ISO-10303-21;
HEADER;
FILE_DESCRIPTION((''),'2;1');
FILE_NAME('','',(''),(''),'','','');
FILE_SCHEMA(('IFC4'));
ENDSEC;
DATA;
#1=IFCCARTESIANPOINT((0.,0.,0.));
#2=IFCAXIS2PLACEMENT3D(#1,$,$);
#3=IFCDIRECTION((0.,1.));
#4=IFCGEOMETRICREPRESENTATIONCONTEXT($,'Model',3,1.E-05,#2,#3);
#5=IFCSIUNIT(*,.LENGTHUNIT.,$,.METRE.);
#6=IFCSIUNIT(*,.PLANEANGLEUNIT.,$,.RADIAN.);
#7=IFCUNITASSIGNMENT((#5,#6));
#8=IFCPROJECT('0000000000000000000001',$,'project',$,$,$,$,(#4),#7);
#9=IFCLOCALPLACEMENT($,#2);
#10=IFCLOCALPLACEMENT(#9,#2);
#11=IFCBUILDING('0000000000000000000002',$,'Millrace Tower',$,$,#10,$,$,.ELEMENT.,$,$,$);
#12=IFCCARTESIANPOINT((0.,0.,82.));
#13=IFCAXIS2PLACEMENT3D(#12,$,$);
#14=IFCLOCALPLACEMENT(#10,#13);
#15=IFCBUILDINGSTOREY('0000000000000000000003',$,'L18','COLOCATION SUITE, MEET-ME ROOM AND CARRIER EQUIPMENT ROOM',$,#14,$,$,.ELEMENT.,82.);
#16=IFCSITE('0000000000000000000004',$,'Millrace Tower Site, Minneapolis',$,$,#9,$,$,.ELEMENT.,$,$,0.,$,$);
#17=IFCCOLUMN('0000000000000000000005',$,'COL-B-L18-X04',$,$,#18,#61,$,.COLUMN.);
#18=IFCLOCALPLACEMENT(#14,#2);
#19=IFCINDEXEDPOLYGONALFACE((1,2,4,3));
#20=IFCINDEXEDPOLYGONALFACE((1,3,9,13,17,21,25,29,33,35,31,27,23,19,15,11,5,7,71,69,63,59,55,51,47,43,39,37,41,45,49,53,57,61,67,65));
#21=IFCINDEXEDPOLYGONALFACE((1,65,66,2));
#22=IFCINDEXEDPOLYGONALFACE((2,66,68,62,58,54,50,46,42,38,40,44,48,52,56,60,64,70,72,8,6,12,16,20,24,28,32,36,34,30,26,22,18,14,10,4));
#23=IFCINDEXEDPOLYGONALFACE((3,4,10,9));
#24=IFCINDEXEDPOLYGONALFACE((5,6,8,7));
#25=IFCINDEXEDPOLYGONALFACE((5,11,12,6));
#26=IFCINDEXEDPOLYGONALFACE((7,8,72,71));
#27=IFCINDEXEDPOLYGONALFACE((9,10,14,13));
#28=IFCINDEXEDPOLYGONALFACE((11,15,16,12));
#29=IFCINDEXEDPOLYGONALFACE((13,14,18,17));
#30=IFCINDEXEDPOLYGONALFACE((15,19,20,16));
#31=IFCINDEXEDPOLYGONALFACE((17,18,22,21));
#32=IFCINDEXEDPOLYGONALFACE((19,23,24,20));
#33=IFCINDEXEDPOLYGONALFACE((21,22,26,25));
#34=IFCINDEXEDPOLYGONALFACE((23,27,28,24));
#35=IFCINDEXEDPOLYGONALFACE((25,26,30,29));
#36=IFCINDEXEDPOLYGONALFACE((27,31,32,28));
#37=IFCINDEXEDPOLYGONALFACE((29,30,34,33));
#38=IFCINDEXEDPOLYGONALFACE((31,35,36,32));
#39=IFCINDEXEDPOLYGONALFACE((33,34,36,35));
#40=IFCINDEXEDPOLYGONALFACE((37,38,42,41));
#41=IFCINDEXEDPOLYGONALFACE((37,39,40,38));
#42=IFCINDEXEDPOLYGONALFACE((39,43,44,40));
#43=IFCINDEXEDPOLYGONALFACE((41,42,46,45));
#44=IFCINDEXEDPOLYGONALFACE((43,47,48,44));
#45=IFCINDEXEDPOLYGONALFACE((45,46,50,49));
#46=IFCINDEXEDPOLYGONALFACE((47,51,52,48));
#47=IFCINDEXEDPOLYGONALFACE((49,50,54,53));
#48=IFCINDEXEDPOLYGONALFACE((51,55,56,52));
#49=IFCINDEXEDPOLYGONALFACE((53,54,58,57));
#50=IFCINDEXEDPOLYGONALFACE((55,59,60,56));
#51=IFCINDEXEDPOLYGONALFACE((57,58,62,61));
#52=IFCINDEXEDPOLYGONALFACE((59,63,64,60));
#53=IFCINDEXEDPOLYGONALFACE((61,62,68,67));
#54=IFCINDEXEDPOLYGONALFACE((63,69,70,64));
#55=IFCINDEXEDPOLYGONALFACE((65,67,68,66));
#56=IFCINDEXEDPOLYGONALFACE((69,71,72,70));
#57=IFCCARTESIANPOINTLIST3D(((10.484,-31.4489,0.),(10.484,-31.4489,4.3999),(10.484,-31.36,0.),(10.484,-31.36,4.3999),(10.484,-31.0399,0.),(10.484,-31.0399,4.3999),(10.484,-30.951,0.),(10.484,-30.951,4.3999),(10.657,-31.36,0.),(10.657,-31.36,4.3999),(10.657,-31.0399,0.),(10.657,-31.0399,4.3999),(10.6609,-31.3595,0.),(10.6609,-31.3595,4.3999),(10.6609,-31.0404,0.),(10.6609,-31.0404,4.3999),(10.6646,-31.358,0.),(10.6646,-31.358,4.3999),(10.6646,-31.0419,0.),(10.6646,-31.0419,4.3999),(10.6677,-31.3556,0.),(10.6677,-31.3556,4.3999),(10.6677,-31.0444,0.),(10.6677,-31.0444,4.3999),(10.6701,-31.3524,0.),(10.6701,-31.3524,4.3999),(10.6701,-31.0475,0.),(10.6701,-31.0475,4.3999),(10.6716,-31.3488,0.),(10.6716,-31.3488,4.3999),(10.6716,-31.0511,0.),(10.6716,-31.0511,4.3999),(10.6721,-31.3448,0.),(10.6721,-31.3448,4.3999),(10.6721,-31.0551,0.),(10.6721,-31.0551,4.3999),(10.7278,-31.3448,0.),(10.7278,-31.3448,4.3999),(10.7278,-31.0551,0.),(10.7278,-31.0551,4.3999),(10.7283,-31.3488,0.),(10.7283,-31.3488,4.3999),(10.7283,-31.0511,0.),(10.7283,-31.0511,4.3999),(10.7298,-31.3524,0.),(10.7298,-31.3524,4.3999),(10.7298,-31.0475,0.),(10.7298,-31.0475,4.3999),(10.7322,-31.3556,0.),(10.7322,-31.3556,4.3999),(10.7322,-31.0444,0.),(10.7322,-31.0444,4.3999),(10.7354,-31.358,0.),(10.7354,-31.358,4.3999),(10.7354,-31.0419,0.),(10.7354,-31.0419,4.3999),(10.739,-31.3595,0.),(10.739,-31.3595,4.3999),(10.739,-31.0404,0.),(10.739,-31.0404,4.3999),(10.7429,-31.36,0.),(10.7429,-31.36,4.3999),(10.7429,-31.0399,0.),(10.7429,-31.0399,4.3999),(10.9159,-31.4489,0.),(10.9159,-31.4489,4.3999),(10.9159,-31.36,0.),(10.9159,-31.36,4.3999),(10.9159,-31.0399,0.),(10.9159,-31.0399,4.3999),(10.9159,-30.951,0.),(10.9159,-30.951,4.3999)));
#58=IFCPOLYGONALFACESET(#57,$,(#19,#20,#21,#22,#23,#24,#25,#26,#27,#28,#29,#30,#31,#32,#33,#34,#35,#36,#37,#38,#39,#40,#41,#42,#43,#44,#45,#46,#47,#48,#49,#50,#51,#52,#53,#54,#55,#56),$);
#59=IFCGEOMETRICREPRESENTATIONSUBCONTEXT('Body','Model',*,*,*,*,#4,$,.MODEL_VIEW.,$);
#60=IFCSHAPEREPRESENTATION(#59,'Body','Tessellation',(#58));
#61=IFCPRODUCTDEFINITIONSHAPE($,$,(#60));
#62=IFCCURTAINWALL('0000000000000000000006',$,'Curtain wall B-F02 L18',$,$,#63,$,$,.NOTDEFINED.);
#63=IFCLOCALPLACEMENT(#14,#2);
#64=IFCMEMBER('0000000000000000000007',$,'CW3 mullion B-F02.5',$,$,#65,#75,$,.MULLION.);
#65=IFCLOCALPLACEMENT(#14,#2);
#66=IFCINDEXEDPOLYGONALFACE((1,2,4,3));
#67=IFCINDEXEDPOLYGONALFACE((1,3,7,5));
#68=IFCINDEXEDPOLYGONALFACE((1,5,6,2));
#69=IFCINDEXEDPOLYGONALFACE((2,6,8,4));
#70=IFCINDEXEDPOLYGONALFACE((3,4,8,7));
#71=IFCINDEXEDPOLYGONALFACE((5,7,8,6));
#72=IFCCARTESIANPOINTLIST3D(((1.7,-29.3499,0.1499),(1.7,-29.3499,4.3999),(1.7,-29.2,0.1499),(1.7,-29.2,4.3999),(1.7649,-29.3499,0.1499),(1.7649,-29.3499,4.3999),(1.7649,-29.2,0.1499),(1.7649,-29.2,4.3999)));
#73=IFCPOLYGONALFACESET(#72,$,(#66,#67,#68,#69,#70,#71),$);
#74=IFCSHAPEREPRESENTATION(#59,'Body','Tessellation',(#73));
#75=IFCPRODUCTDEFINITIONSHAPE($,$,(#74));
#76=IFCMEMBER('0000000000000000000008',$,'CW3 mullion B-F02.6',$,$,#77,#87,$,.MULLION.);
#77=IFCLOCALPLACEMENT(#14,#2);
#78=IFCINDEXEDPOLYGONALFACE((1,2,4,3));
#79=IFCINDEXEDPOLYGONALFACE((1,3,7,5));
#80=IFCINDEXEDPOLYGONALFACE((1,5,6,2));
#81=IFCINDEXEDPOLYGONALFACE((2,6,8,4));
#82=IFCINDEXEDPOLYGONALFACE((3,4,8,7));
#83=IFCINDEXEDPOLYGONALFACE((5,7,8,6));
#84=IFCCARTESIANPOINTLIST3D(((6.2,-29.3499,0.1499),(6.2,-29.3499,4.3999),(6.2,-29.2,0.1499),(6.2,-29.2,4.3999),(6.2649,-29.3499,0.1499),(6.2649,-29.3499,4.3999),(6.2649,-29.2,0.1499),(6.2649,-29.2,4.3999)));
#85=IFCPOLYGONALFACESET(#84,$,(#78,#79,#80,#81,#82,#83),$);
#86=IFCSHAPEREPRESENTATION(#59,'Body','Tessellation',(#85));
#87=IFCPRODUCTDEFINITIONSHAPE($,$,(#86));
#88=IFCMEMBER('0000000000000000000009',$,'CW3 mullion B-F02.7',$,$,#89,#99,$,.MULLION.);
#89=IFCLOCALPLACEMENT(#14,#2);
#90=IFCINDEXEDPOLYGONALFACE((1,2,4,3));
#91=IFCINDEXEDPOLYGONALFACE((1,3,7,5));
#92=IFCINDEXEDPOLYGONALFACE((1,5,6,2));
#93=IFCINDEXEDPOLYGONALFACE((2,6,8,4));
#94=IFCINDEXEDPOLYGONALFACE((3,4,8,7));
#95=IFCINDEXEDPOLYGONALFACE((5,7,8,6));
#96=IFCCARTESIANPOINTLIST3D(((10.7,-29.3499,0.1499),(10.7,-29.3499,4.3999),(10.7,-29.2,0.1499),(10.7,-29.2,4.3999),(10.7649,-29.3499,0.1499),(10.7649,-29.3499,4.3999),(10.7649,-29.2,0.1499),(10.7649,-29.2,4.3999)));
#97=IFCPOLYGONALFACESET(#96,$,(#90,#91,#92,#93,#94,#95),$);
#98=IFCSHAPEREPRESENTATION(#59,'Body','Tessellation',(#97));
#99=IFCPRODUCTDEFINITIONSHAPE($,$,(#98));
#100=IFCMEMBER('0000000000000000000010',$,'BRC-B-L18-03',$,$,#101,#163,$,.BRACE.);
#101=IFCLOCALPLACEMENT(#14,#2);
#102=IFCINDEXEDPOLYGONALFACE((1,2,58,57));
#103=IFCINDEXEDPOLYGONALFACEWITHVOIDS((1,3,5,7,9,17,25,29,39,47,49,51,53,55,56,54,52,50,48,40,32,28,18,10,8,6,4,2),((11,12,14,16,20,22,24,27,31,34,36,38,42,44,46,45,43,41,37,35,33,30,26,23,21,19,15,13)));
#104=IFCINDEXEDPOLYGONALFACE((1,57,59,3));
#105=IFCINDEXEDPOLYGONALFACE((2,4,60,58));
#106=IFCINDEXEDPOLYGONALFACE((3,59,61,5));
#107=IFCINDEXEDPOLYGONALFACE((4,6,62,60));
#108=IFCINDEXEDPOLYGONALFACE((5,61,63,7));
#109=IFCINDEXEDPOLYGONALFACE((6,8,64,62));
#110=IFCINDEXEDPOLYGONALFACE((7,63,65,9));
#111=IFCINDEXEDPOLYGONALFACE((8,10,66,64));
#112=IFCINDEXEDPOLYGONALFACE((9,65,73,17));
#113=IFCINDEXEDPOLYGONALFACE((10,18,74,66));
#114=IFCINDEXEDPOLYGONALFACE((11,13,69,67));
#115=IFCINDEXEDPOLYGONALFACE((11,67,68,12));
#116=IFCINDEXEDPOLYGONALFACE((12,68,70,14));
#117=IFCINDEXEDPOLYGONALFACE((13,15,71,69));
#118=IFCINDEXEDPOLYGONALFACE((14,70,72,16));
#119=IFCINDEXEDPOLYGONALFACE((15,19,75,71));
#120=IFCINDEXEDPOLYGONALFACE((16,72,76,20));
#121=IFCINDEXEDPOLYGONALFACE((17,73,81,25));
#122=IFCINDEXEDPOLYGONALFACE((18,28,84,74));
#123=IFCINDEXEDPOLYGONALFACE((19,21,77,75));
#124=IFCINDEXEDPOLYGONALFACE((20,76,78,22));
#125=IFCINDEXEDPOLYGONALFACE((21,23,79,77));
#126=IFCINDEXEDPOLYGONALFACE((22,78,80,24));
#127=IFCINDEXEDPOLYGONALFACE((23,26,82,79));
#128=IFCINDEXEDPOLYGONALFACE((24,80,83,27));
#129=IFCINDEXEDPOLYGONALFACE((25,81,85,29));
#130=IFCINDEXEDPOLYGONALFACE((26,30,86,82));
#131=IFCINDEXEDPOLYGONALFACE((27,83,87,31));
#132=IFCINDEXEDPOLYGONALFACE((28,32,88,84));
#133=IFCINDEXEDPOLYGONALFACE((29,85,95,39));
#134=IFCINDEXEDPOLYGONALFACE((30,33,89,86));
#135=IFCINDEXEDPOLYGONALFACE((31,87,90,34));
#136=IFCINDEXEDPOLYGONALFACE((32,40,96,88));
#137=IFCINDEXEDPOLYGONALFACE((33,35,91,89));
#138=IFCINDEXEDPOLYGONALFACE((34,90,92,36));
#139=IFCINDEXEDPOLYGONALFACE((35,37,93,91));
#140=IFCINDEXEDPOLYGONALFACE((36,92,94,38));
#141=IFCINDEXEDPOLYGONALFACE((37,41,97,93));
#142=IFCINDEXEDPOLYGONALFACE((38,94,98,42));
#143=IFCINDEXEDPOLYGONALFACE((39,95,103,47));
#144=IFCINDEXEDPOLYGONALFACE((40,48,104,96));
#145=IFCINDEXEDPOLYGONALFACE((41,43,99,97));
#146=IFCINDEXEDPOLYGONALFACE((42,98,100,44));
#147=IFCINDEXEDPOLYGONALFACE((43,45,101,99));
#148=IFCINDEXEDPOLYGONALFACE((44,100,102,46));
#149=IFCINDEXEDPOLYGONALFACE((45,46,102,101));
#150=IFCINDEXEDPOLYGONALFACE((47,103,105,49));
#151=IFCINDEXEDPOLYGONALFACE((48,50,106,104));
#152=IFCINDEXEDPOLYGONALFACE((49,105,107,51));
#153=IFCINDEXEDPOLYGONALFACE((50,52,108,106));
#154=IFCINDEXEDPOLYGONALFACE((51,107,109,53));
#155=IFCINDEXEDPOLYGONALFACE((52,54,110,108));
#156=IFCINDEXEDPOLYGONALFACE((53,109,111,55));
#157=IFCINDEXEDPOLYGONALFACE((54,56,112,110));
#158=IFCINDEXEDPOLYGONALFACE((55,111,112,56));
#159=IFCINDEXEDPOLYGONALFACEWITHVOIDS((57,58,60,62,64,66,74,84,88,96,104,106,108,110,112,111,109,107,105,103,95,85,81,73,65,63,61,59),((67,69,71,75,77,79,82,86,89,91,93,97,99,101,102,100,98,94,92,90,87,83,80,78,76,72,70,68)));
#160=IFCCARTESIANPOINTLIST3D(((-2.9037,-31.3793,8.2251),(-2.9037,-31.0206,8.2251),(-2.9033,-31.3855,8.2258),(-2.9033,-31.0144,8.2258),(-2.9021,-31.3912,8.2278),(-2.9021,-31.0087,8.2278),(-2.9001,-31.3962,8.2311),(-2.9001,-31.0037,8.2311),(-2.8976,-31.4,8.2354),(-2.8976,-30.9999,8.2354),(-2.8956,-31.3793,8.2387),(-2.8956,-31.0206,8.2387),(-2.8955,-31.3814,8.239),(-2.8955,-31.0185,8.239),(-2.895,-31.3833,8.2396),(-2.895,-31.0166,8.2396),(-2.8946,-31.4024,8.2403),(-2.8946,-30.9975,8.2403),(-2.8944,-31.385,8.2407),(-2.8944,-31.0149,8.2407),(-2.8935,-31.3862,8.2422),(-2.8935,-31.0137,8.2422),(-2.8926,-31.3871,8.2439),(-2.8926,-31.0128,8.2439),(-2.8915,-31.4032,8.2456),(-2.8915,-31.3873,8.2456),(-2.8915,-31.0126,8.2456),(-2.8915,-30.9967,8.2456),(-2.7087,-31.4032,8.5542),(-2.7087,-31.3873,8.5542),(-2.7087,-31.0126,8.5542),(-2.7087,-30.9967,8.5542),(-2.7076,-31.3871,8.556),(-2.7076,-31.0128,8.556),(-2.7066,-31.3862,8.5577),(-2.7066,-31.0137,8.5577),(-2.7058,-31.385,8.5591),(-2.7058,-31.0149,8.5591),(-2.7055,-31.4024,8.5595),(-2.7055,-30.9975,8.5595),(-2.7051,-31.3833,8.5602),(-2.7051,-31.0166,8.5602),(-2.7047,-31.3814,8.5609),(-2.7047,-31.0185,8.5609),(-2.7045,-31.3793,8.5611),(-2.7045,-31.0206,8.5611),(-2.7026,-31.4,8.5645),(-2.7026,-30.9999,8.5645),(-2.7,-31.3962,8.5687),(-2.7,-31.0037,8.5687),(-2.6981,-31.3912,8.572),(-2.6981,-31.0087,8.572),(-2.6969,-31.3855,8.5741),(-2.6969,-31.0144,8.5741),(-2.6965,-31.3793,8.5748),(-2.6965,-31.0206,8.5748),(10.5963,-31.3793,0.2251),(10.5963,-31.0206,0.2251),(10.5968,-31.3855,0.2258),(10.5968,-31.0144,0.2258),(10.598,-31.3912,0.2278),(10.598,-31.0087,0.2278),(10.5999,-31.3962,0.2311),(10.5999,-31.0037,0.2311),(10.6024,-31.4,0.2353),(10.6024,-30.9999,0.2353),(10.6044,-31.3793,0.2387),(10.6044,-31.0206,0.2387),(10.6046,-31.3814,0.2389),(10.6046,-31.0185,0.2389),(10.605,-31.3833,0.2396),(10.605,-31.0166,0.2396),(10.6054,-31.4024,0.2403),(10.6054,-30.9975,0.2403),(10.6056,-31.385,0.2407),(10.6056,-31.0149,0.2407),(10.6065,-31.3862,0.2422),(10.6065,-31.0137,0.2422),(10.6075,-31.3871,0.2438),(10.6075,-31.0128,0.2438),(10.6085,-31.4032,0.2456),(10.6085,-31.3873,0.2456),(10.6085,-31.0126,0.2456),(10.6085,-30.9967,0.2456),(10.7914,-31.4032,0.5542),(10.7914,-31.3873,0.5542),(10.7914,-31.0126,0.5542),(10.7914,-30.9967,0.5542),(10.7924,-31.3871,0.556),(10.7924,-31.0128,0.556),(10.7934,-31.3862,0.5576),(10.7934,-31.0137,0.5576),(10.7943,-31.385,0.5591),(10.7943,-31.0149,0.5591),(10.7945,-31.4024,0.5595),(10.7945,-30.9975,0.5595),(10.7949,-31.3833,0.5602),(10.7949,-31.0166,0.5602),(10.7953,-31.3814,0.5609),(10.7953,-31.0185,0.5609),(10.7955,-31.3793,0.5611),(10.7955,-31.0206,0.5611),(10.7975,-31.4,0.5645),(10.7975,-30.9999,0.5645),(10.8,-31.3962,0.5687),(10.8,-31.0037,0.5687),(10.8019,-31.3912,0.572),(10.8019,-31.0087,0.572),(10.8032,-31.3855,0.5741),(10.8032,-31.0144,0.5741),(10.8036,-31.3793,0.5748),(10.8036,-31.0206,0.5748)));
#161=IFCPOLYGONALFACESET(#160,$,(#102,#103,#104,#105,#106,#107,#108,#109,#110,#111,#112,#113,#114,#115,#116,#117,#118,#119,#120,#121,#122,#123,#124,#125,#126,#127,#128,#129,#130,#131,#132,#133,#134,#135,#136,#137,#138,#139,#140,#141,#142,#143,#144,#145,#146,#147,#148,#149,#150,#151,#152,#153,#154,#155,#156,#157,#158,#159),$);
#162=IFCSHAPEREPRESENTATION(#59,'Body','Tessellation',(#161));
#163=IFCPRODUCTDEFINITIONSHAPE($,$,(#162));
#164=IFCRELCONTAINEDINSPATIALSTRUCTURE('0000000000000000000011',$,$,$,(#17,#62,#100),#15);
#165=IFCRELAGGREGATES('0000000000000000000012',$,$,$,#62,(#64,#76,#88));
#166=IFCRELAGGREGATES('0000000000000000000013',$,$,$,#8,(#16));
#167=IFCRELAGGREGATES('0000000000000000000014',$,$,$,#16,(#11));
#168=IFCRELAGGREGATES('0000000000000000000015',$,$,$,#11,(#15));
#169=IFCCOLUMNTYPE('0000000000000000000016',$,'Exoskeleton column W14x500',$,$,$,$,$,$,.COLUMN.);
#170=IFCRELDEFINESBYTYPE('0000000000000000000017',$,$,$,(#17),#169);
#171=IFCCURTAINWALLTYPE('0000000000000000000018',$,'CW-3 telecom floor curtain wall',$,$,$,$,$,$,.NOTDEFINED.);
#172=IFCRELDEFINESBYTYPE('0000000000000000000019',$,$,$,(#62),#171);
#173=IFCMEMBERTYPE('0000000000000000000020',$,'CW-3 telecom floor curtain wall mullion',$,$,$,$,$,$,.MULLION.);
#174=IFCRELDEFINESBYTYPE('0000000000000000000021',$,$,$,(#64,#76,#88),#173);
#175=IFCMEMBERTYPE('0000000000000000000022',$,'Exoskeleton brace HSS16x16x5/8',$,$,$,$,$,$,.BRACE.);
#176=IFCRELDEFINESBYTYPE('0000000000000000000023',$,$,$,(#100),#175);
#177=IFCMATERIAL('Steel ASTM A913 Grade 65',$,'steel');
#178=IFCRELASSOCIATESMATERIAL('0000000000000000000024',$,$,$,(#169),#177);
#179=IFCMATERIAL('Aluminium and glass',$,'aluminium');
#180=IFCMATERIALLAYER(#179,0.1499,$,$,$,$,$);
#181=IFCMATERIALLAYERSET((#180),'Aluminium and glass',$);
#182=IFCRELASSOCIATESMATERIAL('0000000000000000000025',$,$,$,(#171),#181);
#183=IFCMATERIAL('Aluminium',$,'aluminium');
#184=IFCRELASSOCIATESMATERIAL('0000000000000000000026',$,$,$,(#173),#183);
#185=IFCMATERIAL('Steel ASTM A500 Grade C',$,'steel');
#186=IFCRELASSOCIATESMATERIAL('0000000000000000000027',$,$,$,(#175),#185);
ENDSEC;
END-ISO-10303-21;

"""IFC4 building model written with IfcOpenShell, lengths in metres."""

from ifc_helpers import new_model, si_unit, direction, frame, origin, origin_2d, place, context, subcontext, project, spatial, rectangle, hollow_rectangle, i_section, extrude, material, layer, layer_set, material_profile, profile_set, type_object, element, aggregate, save


model = new_model("IFC4")

# Units and contexts
model_context = context("Model", 3, precision=1e-05, world=origin(), true_north=direction((0.0, 1.0)))
body_context = subcontext(model_context, "Body", "Model", "MODEL_VIEW")
ifc_project = project(units=[si_unit("LENGTHUNIT", "METRE"), si_unit("PLANEANGLEUNIT", "RADIAN")], contexts=[model_context])

# Site, building, storey
site_placement = place(None, origin())
site = spatial("IfcSite", under=ifc_project, at=site_placement, Name="Millrace Tower Site, Minneapolis", CompositionType="ELEMENT", RefElevation=0.0)
building_placement = place(site_placement, origin())
building = spatial("IfcBuilding", under=site, at=building_placement, Name="Millrace Tower", CompositionType="ELEMENT")
storey_placement = place(building_placement, frame((0.0, 0.0, 82.0)))
storey = spatial("IfcBuildingStorey", under=building, at=storey_placement, Name="L18", Description="COLOCATION SUITE, MEET-ME ROOM AND CARRIER EQUIPMENT ROOM", CompositionType="ELEMENT", Elevation=82.0)

# Column
ifc_material_1 = material(Name="Steel ASTM A913 Grade 65", Category="steel")
ifc_material_profile_1 = material_profile(ifc_material_1, i_section(OverallWidth=0.4319, OverallDepth=0.4978, WebThickness=0.0557, FlangeThickness=0.0889, FilletRadius=0.0151, at=origin_2d()))
ifc_profile_set_1 = profile_set([ifc_material_profile_1], Name="Steel ASTM A913 Grade 65")
column_type = type_object("IfcColumnType", Name="Exoskeleton column W14x500", PredefinedType="COLUMN", material=ifc_profile_set_1)
column_placement = place(storey_placement, frame((10.7, -31.2, 0.0), z_axis=(0.0, 0.0, 1.0), x_axis=(1.0, 0.0, 0.0)))
element("IfcColumn", 1, at=column_placement, inside=storey, type_object=column_type, Name="COL-B-L18-X04", PredefinedType="COLUMN", context=body_context, shape_type="SweptSolid", body=[
    extrude(i_section(OverallWidth=0.4319, OverallDepth=0.4978, WebThickness=0.0557, FlangeThickness=0.0889, FilletRadius=0.0151, at=origin_2d()), origin(), (0.0, 0.0, 1.0), 4.3999),
])

# Curtain wall, members
ifc_material_2 = material(Name="Aluminium and glass", Category="aluminium")
ifc_layer_1 = layer(ifc_material_2, 0.1499)
ifc_layer_set_1 = layer_set([ifc_layer_1], Name="Aluminium and glass")
curtain_wall_type = type_object("IfcCurtainWallType", Name="CW-3 telecom floor curtain wall", PredefinedType="NOTDEFINED", material=ifc_layer_set_1)
curtain_wall_placement = place(storey_placement, origin())
curtain_wall = element("IfcCurtainWall", 2, at=curtain_wall_placement, inside=storey, type_object=curtain_wall_type, Name="Curtain wall B-F02 L18", PredefinedType="NOTDEFINED")
ifc_material_3 = material(Name="Aluminium", Category="aluminium")
ifc_material_profile_2 = material_profile(ifc_material_3, rectangle(XDim=0.0649, YDim=0.1499, at=origin_2d()))
ifc_profile_set_2 = profile_set([ifc_material_profile_2], Name="Aluminium")
member_type_1 = type_object("IfcMemberType", Name="CW-3 telecom floor curtain wall mullion", PredefinedType="MULLION", material=ifc_profile_set_2)
member_1_placement = place(storey_placement, frame((1.7324, -29.2749, 0.1499), z_axis=(0.0, 0.0, 1.0), x_axis=(1.0, 0.0, 0.0)))
member_1 = element("IfcMember", 3, at=member_1_placement, type_object=member_type_1, Name="CW3 mullion B-F02.5", PredefinedType="MULLION", context=body_context, shape_type="SweptSolid", body=[
    extrude(rectangle(XDim=0.0649, YDim=0.1499, at=origin_2d()), origin(), (0.0, 0.0, 1.0), 4.25),
])
member_2_placement = place(storey_placement, frame((6.2324, -29.2749, 0.1499), z_axis=(0.0, 0.0, 1.0), x_axis=(1.0, 0.0, 0.0)))
member_2 = element("IfcMember", 4, at=member_2_placement, type_object=member_type_1, Name="CW3 mullion B-F02.6", PredefinedType="MULLION", context=body_context, shape_type="SweptSolid", body=[
    extrude(rectangle(XDim=0.0649, YDim=0.1499, at=origin_2d()), origin(), (0.0, 0.0, 1.0), 4.25),
])
member_3_placement = place(storey_placement, frame((10.7324, -29.2749, 0.1499), z_axis=(0.0, 0.0, 1.0), x_axis=(1.0, 0.0, 0.0)))
member_3 = element("IfcMember", 5, at=member_3_placement, type_object=member_type_1, Name="CW3 mullion B-F02.7", PredefinedType="MULLION", context=body_context, shape_type="SweptSolid", body=[
    extrude(rectangle(XDim=0.0649, YDim=0.1499, at=origin_2d()), origin(), (0.0, 0.0, 1.0), 4.25),
])
aggregate(curtain_wall, [member_1, member_2, member_3])

# Member
ifc_material_4 = material(Name="Steel ASTM A500 Grade C", Category="steel")
ifc_material_profile_3 = material_profile(ifc_material_4, hollow_rectangle(XDim=0.4065, YDim=0.4065, WallThickness=0.0159, InnerFilletRadius=0.0081, OuterFilletRadius=0.0239, at=origin_2d()))
ifc_profile_set_3 = profile_set([ifc_material_profile_3], Name="Steel ASTM A500 Grade C")
member_type_2 = type_object("IfcMemberType", Name="Exoskeleton brace HSS16x16x5/8", PredefinedType="BRACE", material=ifc_profile_set_3)
member_4_placement = place(storey_placement, frame((10.7, -31.2, 0.3999), z_axis=(-0.860292, 0.0, 0.509802), x_axis=(0.0, -1.0, 0.0)))
element("IfcMember", 6, at=member_4_placement, inside=storey, type_object=member_type_2, Name="BRC-B-L18-03", PredefinedType="BRACE", context=body_context, shape_type="SweptSolid", body=[
    extrude(hollow_rectangle(XDim=0.4065, YDim=0.4065, WallThickness=0.0159, InnerFilletRadius=0.0081, OuterFilletRadius=0.0239, at=origin_2d()), origin(), (0.0, 0.0, 1.0), 15.6924),
])

save(model, "model.ifc")
